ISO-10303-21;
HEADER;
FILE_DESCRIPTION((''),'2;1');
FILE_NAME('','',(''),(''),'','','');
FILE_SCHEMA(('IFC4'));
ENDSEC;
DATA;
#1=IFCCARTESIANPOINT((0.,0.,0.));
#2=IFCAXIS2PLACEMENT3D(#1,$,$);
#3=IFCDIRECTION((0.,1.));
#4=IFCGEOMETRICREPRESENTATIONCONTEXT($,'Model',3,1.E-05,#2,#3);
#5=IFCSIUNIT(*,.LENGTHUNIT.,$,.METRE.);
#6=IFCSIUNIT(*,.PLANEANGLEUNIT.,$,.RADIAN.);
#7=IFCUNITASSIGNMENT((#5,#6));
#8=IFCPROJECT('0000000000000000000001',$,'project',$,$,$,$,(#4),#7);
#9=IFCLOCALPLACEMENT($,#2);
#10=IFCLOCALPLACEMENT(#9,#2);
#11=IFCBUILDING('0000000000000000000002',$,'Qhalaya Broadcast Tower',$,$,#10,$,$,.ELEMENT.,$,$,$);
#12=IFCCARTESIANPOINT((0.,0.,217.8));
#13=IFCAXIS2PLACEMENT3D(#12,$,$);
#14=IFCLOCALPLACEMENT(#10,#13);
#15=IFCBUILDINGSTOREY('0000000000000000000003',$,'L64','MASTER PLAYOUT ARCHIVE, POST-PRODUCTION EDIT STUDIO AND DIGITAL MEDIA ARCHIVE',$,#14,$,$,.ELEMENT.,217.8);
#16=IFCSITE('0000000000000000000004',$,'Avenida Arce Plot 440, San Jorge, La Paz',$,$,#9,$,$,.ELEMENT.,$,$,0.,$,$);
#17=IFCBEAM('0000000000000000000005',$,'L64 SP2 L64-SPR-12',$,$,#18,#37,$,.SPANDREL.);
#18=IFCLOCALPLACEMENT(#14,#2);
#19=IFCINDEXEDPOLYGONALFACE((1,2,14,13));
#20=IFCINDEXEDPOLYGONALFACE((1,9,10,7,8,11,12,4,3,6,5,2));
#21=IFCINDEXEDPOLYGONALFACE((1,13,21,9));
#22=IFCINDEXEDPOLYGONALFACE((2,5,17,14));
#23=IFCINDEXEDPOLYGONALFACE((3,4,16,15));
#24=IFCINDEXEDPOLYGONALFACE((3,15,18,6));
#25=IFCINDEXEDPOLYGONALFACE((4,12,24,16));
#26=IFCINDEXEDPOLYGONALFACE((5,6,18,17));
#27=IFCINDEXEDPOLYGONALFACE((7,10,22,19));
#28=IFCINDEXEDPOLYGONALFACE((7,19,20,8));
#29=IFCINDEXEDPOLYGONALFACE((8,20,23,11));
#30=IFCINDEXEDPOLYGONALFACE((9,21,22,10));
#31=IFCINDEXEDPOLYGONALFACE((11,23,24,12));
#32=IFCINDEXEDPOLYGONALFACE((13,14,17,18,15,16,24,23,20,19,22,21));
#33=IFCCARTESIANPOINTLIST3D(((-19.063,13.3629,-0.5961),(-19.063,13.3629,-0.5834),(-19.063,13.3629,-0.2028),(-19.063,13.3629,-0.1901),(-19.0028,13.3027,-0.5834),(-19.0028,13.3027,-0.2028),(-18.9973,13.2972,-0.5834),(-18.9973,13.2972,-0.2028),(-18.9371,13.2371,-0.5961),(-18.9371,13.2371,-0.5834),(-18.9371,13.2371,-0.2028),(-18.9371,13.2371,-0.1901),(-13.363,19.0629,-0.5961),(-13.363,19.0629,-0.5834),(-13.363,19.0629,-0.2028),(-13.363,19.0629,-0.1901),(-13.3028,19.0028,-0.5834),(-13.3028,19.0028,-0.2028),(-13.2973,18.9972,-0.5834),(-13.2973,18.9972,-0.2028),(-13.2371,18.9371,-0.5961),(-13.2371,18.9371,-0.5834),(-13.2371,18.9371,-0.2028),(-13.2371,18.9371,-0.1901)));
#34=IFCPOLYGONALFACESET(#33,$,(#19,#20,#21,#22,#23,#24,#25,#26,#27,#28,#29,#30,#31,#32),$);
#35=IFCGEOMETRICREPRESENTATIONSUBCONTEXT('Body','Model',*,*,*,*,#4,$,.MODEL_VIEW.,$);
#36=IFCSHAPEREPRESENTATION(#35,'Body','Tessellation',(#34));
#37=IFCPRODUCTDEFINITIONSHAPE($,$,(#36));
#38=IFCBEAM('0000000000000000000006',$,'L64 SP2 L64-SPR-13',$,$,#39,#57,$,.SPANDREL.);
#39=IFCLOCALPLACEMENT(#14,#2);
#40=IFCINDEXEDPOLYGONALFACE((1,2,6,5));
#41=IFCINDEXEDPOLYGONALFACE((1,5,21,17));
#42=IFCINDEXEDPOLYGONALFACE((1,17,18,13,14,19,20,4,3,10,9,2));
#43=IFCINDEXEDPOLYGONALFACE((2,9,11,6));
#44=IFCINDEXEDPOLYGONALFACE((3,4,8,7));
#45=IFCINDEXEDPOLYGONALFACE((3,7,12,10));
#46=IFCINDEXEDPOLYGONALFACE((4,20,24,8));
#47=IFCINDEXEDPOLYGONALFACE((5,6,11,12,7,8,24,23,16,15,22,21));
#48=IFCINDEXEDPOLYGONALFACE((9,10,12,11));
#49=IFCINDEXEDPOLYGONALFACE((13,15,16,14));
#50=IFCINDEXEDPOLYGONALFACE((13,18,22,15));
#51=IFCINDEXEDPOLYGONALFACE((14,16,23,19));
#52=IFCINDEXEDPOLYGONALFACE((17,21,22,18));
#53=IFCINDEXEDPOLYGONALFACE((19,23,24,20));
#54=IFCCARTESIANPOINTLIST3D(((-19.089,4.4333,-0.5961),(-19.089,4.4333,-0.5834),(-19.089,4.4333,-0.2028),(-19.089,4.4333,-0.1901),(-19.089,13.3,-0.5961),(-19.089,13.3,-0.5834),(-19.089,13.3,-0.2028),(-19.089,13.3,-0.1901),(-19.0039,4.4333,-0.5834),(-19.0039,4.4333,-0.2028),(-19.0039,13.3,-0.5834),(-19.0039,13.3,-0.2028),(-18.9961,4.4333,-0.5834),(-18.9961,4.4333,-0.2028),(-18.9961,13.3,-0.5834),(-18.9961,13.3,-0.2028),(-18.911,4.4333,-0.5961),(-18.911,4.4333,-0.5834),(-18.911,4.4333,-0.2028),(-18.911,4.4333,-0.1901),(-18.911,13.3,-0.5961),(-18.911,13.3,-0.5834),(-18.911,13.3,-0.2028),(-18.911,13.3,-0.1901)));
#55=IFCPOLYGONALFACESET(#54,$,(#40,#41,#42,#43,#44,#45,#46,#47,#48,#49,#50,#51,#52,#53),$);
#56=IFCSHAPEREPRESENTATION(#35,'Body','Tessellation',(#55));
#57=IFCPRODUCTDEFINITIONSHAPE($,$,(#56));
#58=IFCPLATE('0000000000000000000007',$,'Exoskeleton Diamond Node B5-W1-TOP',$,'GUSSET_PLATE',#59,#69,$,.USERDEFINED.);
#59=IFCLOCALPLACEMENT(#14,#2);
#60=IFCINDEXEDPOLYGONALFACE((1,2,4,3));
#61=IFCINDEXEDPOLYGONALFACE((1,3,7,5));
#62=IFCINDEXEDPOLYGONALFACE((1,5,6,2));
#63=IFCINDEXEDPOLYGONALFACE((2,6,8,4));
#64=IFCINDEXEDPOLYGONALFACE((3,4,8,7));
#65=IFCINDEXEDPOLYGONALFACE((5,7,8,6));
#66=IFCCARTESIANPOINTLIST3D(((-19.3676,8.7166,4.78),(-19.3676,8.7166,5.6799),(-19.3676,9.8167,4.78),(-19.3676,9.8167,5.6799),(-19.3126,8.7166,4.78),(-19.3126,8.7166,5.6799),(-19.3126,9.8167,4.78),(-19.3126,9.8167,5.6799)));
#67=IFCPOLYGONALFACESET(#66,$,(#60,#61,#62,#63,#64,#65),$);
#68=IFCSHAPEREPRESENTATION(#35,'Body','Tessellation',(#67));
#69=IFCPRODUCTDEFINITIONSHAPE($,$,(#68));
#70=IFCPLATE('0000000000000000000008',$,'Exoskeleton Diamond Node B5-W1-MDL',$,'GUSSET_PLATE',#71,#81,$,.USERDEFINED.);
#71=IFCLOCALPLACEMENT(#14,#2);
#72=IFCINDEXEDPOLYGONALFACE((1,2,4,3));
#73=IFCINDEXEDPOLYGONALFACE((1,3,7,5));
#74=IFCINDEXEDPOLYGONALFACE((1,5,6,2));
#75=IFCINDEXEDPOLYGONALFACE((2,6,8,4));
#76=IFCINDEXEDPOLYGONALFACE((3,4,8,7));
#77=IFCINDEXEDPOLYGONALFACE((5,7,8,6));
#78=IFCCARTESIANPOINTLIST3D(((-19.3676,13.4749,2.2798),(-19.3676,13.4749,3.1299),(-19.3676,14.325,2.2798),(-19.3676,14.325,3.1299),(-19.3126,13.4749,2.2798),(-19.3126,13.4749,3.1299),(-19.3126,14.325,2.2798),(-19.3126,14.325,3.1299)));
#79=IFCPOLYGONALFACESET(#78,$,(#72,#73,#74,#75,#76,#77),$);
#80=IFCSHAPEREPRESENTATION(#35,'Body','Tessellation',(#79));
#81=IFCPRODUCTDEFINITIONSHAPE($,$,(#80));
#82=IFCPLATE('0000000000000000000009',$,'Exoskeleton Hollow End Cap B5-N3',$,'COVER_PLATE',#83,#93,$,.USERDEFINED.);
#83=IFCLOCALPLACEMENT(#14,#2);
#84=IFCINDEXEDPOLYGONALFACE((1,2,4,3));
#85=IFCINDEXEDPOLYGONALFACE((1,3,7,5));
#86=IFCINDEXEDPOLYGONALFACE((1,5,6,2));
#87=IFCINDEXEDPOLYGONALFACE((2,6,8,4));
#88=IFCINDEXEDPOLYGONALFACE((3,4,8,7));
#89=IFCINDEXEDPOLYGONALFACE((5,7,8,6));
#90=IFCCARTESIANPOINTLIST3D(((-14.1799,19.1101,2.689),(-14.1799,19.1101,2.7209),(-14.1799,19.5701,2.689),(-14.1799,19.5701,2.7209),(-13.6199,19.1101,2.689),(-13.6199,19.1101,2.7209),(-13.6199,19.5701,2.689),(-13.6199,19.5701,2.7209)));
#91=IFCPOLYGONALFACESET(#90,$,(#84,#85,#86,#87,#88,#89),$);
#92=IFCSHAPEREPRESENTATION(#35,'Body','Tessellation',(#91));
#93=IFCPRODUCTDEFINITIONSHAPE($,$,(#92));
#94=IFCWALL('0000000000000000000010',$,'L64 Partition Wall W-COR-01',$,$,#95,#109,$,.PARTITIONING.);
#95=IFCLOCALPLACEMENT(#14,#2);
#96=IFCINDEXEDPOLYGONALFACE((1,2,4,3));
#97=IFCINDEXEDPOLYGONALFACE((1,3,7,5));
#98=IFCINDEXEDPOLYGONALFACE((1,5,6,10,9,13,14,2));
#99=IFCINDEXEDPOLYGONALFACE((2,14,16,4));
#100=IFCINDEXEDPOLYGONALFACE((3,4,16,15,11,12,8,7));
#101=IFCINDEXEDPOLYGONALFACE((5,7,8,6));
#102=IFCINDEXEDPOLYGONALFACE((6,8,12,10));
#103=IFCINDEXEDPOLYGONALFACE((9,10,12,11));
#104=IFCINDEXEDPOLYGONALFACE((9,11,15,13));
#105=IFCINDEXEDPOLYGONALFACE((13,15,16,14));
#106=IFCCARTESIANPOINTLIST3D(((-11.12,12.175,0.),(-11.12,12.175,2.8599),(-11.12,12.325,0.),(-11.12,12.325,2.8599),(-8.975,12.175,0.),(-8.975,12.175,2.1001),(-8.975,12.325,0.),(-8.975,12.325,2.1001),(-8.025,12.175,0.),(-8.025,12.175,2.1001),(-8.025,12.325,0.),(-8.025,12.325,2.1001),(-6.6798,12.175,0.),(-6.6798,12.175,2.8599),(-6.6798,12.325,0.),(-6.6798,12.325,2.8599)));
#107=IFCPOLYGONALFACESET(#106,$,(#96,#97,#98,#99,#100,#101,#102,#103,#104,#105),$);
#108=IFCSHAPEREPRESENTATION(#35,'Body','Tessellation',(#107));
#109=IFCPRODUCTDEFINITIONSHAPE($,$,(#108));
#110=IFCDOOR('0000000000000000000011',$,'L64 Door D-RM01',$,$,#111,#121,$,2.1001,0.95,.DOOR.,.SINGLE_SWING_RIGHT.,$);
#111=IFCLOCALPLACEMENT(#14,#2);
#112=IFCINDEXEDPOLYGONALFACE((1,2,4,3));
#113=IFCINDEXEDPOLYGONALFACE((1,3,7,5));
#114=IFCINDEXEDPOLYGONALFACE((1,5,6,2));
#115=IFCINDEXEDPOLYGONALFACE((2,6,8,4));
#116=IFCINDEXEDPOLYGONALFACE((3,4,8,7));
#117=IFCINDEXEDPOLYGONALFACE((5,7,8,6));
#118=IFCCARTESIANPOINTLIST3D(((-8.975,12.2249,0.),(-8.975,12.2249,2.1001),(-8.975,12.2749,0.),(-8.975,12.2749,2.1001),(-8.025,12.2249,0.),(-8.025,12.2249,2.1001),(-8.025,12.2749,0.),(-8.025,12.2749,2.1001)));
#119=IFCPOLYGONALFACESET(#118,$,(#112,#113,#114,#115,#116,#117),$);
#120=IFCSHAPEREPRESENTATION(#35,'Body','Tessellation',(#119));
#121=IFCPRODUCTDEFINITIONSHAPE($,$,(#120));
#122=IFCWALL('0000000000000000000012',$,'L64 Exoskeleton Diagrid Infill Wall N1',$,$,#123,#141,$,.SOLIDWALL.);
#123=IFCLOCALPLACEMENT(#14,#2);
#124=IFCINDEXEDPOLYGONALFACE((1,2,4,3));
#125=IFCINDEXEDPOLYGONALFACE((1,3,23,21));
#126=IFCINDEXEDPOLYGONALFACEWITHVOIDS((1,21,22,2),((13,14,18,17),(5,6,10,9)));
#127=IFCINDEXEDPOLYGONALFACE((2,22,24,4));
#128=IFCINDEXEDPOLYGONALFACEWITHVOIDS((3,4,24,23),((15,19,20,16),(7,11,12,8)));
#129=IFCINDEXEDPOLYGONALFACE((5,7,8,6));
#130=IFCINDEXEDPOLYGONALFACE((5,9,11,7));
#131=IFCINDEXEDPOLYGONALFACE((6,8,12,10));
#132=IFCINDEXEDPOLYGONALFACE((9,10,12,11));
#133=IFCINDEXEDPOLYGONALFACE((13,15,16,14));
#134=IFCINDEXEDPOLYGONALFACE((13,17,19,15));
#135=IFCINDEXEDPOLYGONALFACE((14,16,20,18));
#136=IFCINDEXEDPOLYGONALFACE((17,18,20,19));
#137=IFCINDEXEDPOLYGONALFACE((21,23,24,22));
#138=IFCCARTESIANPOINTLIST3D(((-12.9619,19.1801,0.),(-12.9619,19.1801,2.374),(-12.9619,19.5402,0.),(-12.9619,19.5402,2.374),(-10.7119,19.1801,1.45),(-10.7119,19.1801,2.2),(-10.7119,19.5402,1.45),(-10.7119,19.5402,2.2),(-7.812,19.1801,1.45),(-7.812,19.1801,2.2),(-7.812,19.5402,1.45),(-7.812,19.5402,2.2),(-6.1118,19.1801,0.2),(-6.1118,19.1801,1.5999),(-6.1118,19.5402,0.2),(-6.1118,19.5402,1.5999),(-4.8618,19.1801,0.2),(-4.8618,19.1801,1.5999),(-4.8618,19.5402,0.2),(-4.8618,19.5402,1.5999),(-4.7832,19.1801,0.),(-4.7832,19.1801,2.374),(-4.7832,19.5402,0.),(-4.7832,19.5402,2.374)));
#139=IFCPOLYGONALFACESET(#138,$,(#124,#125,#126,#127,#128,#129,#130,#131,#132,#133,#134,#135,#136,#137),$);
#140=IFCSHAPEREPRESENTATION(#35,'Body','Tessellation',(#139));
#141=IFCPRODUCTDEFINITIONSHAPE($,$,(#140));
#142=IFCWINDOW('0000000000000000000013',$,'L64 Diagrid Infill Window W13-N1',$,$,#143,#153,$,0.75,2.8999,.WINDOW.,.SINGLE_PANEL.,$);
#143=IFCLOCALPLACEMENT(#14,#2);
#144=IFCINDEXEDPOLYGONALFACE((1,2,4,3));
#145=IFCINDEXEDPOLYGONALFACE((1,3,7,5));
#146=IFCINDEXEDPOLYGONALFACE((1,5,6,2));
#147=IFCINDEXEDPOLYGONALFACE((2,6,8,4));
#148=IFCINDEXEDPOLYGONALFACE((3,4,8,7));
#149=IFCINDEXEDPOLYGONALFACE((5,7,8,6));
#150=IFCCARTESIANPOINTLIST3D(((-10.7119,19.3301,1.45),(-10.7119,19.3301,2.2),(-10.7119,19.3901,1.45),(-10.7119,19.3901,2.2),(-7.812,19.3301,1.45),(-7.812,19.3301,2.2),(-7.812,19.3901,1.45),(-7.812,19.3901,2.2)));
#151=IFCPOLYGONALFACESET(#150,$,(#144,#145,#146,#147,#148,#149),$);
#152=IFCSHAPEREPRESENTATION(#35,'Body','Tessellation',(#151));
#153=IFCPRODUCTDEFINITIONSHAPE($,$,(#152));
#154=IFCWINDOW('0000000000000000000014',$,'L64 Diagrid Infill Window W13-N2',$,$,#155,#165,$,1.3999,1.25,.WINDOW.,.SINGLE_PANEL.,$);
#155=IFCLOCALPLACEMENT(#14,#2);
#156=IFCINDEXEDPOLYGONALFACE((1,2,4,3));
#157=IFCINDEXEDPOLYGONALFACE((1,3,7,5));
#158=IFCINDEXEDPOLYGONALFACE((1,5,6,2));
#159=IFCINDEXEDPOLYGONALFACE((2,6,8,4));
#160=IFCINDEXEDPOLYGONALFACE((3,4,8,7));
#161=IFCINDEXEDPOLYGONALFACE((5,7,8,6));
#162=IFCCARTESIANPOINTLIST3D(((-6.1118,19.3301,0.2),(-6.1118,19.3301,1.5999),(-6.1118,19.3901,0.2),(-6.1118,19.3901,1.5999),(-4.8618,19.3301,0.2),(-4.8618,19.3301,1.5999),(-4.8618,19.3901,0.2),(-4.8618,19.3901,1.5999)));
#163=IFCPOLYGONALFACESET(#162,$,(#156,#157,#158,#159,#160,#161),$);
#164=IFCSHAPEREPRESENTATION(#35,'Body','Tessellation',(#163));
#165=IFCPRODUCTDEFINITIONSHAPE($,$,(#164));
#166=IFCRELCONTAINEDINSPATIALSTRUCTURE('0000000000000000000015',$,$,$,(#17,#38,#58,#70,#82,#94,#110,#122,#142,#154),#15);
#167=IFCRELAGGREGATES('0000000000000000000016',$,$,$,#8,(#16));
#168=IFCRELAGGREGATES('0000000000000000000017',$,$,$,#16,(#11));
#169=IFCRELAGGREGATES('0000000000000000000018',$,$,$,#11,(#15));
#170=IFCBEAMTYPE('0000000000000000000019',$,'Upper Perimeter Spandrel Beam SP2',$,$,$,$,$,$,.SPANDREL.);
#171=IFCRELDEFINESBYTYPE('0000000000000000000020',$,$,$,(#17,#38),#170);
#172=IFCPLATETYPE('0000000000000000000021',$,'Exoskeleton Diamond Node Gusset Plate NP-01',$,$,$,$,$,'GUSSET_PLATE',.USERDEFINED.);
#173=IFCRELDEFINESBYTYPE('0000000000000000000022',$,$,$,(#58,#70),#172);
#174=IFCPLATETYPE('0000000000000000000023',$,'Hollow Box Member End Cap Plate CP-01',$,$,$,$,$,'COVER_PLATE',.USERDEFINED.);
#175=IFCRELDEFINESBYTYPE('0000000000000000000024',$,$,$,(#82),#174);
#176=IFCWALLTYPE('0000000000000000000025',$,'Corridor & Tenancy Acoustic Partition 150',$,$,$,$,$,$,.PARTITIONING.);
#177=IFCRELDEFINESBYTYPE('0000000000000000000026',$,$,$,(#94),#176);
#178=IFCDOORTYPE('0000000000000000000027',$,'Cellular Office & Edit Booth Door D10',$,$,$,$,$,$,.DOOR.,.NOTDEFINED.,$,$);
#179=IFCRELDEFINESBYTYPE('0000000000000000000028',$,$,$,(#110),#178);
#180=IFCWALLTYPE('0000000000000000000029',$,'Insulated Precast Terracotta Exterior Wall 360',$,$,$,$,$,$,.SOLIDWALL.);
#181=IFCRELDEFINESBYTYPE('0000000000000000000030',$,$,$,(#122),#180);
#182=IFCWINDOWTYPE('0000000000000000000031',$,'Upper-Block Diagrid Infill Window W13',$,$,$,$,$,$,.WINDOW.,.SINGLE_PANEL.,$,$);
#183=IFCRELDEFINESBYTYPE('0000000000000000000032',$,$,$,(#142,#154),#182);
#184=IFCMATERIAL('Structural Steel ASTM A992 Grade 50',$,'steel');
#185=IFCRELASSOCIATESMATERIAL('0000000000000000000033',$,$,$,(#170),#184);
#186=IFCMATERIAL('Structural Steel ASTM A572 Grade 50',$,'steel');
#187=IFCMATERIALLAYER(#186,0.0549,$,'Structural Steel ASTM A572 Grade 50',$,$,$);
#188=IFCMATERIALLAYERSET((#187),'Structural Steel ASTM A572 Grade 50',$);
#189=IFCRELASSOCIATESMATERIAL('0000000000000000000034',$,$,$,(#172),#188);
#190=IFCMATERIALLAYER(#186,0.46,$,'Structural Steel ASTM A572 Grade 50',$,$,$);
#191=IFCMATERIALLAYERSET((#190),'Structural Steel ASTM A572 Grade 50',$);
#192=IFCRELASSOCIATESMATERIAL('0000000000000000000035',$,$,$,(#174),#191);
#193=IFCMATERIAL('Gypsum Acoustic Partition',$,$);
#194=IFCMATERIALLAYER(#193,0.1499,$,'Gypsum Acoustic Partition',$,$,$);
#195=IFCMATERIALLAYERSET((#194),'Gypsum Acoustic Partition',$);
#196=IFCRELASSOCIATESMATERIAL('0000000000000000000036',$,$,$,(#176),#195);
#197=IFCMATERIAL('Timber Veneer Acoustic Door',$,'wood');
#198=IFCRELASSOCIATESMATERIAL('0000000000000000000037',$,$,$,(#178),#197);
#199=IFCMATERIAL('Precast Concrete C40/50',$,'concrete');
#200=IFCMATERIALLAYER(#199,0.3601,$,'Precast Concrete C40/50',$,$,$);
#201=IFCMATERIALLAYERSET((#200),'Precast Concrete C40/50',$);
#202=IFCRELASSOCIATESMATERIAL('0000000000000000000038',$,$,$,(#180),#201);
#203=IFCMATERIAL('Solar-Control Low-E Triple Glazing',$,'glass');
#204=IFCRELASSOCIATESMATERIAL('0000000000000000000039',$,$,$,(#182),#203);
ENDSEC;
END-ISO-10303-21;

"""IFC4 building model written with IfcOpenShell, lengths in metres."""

from ifc_helpers import new_model, si_unit, direction, frame, frame_2d, origin, origin_2d, place, context, subcontext, project, spatial, rectangle, i_section, extrude, material, layer, layer_set, material_profile, profile_set, type_object, element, fill, save


model = new_model("IFC4")

# Units and contexts
model_context = context("Model", 3, precision=1e-05, world=origin(), true_north=direction((0.0, 1.0)))
body_context = subcontext(model_context, "Body", "Model", "MODEL_VIEW")
ifc_project = project(units=[si_unit("LENGTHUNIT", "METRE"), si_unit("PLANEANGLEUNIT", "RADIAN")], contexts=[model_context])

# Site, building, storey
site_placement = place(None, origin())
site = spatial("IfcSite", under=ifc_project, at=site_placement, Name="Avenida Arce Plot 440, San Jorge, La Paz", CompositionType="ELEMENT", RefElevation=0.0)
building_placement = place(site_placement, origin())
building = spatial("IfcBuilding", under=site, at=building_placement, Name="Qhalaya Broadcast Tower", CompositionType="ELEMENT")
storey_placement = place(building_placement, frame((0.0, 0.0, 217.8)))
storey = spatial("IfcBuildingStorey", under=building, at=storey_placement, Name="L64", Description="MASTER PLAYOUT ARCHIVE, POST-PRODUCTION EDIT STUDIO AND DIGITAL MEDIA ARCHIVE", CompositionType="ELEMENT", Elevation=217.8)

# Shared definitions
ifc_material_1 = material(Name="Structural Steel ASTM A572 Grade 50", Category="steel")

# Shared definitions
ifc_material_2 = material(Name="Structural Steel ASTM A992 Grade 50", Category="steel")

# Beams
ifc_material_profile_1 = material_profile(ifc_material_2, i_section(OverallWidth=0.178, OverallDepth=0.406, WebThickness=0.0078, FlangeThickness=0.0127, at=origin_2d()), Name="W16X40")
ifc_profile_set_1 = profile_set([ifc_material_profile_1], Name="Structural Steel ASTM A992 Grade 50")
beam_type_1 = type_object("IfcBeamType", Name="Upper Perimeter Spandrel Beam SP2", PredefinedType="SPANDREL", material=ifc_profile_set_1)
beam_1_placement = place(storey_placement, frame((-13.3, 19.0, -0.3931), z_axis=(-0.707107, -0.707107, 0.0), x_axis=(0.707107, -0.707107, 0.0)))
element("IfcBeam", 1, at=beam_1_placement, inside=storey, type_object=beam_type_1, Name="L64 SP2 L64-SPR-12", PredefinedType="SPANDREL", context=body_context, shape_type="SweptSolid", body=[
    extrude(i_section(OverallWidth=0.178, OverallDepth=0.406, WebThickness=0.0078, FlangeThickness=0.0127, at=origin_2d()), origin(), (0.0, 0.0, 1.0), 8.061),
])
beam_2_placement = place(storey_placement, frame((-19.0, 13.3, -0.3931), z_axis=(0.0, -1.0, 0.0), x_axis=(1.0, 0.0, 0.0)))
element("IfcBeam", 2, at=beam_2_placement, inside=storey, type_object=beam_type_1, Name="L64 SP2 L64-SPR-13", PredefinedType="SPANDREL", context=body_context, shape_type="SweptSolid", body=[
    extrude(i_section(OverallWidth=0.178, OverallDepth=0.406, WebThickness=0.0078, FlangeThickness=0.0127, at=origin_2d()), origin(), (0.0, 0.0, 1.0), 8.8667),
])

# Plates
ifc_layer_1 = layer(ifc_material_1, 0.0549, Name="Structural Steel ASTM A572 Grade 50")
ifc_layer_set_1 = layer_set([ifc_layer_1], Name="Structural Steel ASTM A572 Grade 50")
plate_type_1 = type_object("IfcPlateType", Name="Exoskeleton Diamond Node Gusset Plate NP-01", ElementType="GUSSET_PLATE", PredefinedType="USERDEFINED", material=ifc_layer_set_1)
plate_1_placement = place(storey_placement, frame((-19.3401, 9.2666, 4.78), z_axis=(0.0, 0.0, 1.0), x_axis=(0.0, 1.0, 0.0)))
element("IfcPlate", 3, at=plate_1_placement, inside=storey, type_object=plate_type_1, Name="Exoskeleton Diamond Node B5-W1-TOP", ObjectType="GUSSET_PLATE", PredefinedType="USERDEFINED", context=body_context, shape_type="SweptSolid", body=[
    extrude(rectangle(XDim=1.1001, YDim=0.0549, at=origin_2d()), origin(), (0.0, 0.0, 1.0), 0.8999),
])
plate_2_placement = place(storey_placement, frame((-19.3401, 13.8999, 2.2798), z_axis=(0.0, 0.0, 1.0), x_axis=(0.0, 1.0, 0.0)))
element("IfcPlate", 4, at=plate_2_placement, inside=storey, type_object=plate_type_1, Name="Exoskeleton Diamond Node B5-W1-MDL", ObjectType="GUSSET_PLATE", PredefinedType="USERDEFINED", context=body_context, shape_type="SweptSolid", body=[
    extrude(rectangle(XDim=0.8501, YDim=0.0549, at=origin_2d()), origin(), (0.0, 0.0, 1.0), 0.8501),
])
ifc_layer_2 = layer(ifc_material_1, 0.46, Name="Structural Steel ASTM A572 Grade 50")
ifc_layer_set_2 = layer_set([ifc_layer_2], Name="Structural Steel ASTM A572 Grade 50")
plate_type_2 = type_object("IfcPlateType", Name="Hollow Box Member End Cap Plate CP-01", ElementType="COVER_PLATE", PredefinedType="USERDEFINED", material=ifc_layer_set_2)
plate_3_placement = place(storey_placement, frame((-13.8999, 19.3401, 2.689), z_axis=(0.0, 0.0, 1.0), x_axis=(1.0, 0.0, 0.0)))
element("IfcPlate", 5, at=plate_3_placement, inside=storey, type_object=plate_type_2, Name="Exoskeleton Hollow End Cap B5-N3", ObjectType="COVER_PLATE", PredefinedType="USERDEFINED", context=body_context, shape_type="SweptSolid", body=[
    extrude(rectangle(XDim=0.5601, YDim=0.46, at=origin_2d()), origin(), (0.0, 0.0, 1.0), 0.032),
])

# Wall, opening, door
ifc_material_3 = material(Name="Gypsum Acoustic Partition")
ifc_layer_3 = layer(ifc_material_3, 0.1499, Name="Gypsum Acoustic Partition")
ifc_layer_set_3 = layer_set([ifc_layer_3], Name="Gypsum Acoustic Partition")
wall_type_1 = type_object("IfcWallType", Name="Corridor & Tenancy Acoustic Partition 150", PredefinedType="PARTITIONING", material=ifc_layer_set_3)
wall_1_placement = place(storey_placement, frame((-11.1201, 12.25, 0.0), z_axis=(0.0, 0.0, 1.0), x_axis=(1.0, 0.0, 0.0)))
wall_1 = element("IfcWall", 6, at=wall_1_placement, inside=storey, type_object=wall_type_1, Name="L64 Partition Wall W-COR-01", PredefinedType="PARTITIONING", context=body_context, shape_type="SweptSolid", body=[
    extrude(rectangle(XDim=4.4402, YDim=0.1499, at=frame_2d((2.2202, 0.0))), origin(), (0.0, 0.0, 1.0), 2.8599),
])
opening_1_placement = place(wall_1_placement, frame((2.145, 0.0, 0.0)))
opening_1 = element("IfcOpeningElement", 7, at=opening_1_placement, cuts=wall_1, PredefinedType="OPENING", context=body_context, shape_type="SweptSolid", body=[
    extrude(rectangle(XDim=0.95, YDim=2.1001, at=frame_2d((0.4751, 1.05))), frame((0.0, 0.0869, 0.0), z_axis=(0.0, -1.0, 0.0), x_axis=(1.0, 0.0, 0.0)), (0.0, 0.0, 1.0), 0.1738),
])
ifc_material_4 = material(Name="Timber Veneer Acoustic Door", Category="wood")
door_type = type_object("IfcDoorType", Name="Cellular Office & Edit Booth Door D10", OperationType="NOTDEFINED", PredefinedType="DOOR", material=ifc_material_4)
door_placement = place(opening_1_placement, origin())
door = element("IfcDoor", 8, at=door_placement, inside=storey, type_object=door_type, Name="L64 Door D-RM01", OperationType="SINGLE_SWING_RIGHT", OverallHeight=2.1001, OverallWidth=0.95, PredefinedType="DOOR", context=body_context, shape_type="SweptSolid", body=[
    extrude(rectangle(XDim=0.95, YDim=2.1001, at=frame_2d((0.4751, 1.05))), frame((0.0, 0.0249, 0.0), z_axis=(0.0, -1.0, 0.0), x_axis=(1.0, 0.0, 0.0)), (0.0, 0.0, 1.0), 0.05),
])
fill(opening_1, door)

# Wall, openings, windows
ifc_material_5 = material(Name="Precast Concrete C40/50", Category="concrete")
ifc_layer_4 = layer(ifc_material_5, 0.3601, Name="Precast Concrete C40/50")
ifc_layer_set_4 = layer_set([ifc_layer_4], Name="Precast Concrete C40/50")
wall_type_2 = type_object("IfcWallType", Name="Insulated Precast Terracotta Exterior Wall 360", PredefinedType="SOLIDWALL", material=ifc_layer_set_4)
wall_2_placement = place(storey_placement, frame((-12.9619, 19.3601, 0.0), z_axis=(0.0, 0.0, 1.0), x_axis=(1.0, 0.0, 0.0)))
wall_2 = element("IfcWall", 9, at=wall_2_placement, inside=storey, type_object=wall_type_2, Name="L64 Exoskeleton Diagrid Infill Wall N1", PredefinedType="SOLIDWALL", context=body_context, shape_type="SweptSolid", body=[
    extrude(rectangle(XDim=8.1787, YDim=0.3601, at=frame_2d((4.0894, 0.0))), origin(), (0.0, 0.0, 1.0), 2.374),
])
opening_2_placement = place(wall_2_placement, frame((2.25, 0.0, 1.45)))
opening_2 = element("IfcOpeningElement", 10, at=opening_2_placement, cuts=wall_2, PredefinedType="OPENING", context=body_context, shape_type="SweptSolid", body=[
    extrude(rectangle(XDim=2.8999, YDim=0.75, at=frame_2d((1.45, 0.375))), frame((0.0, 0.1921, 0.0), z_axis=(0.0, -1.0, 0.0), x_axis=(1.0, 0.0, 0.0)), (0.0, 0.0, 1.0), 0.384),
])
opening_3_placement = place(wall_2_placement, frame((6.8501, 0.0, 0.2)))
opening_3 = element("IfcOpeningElement", 11, at=opening_3_placement, cuts=wall_2, PredefinedType="OPENING", context=body_context, shape_type="SweptSolid", body=[
    extrude(rectangle(XDim=1.25, YDim=1.3999, at=frame_2d((0.625, 0.7))), frame((0.0, 0.1921, 0.0), z_axis=(0.0, -1.0, 0.0), x_axis=(1.0, 0.0, 0.0)), (0.0, 0.0, 1.0), 0.384),
])
ifc_material_6 = material(Name="Solar-Control Low-E Triple Glazing", Category="glass")
window_type = type_object("IfcWindowType", Name="Upper-Block Diagrid Infill Window W13", PartitioningType="SINGLE_PANEL", PredefinedType="WINDOW", material=ifc_material_6)
window_1_placement = place(opening_2_placement, origin())
window_1 = element("IfcWindow", 12, at=window_1_placement, inside=storey, type_object=window_type, Name="L64 Diagrid Infill Window W13-N1", OverallHeight=0.75, OverallWidth=2.8999, PartitioningType="SINGLE_PANEL", PredefinedType="WINDOW", context=body_context, shape_type="SweptSolid", body=[
    extrude(rectangle(XDim=2.8999, YDim=0.75, at=frame_2d((1.45, 0.375))), frame((0.0, 0.03, 0.0), z_axis=(0.0, -1.0, 0.0), x_axis=(1.0, 0.0, 0.0)), (0.0, 0.0, 1.0), 0.0601),
])
fill(opening_2, window_1)
window_2_placement = place(opening_3_placement, origin())
window_2 = element("IfcWindow", 13, at=window_2_placement, inside=storey, type_object=window_type, Name="L64 Diagrid Infill Window W13-N2", OverallHeight=1.3999, OverallWidth=1.25, PartitioningType="SINGLE_PANEL", PredefinedType="WINDOW", context=body_context, shape_type="SweptSolid", body=[
    extrude(rectangle(XDim=1.25, YDim=1.3999, at=frame_2d((0.625, 0.7))), frame((0.0, 0.03, 0.0), z_axis=(0.0, -1.0, 0.0), x_axis=(1.0, 0.0, 0.0)), (0.0, 0.0, 1.0), 0.0601),
])
fill(opening_3, window_2)

save(model, "model.ifc")
